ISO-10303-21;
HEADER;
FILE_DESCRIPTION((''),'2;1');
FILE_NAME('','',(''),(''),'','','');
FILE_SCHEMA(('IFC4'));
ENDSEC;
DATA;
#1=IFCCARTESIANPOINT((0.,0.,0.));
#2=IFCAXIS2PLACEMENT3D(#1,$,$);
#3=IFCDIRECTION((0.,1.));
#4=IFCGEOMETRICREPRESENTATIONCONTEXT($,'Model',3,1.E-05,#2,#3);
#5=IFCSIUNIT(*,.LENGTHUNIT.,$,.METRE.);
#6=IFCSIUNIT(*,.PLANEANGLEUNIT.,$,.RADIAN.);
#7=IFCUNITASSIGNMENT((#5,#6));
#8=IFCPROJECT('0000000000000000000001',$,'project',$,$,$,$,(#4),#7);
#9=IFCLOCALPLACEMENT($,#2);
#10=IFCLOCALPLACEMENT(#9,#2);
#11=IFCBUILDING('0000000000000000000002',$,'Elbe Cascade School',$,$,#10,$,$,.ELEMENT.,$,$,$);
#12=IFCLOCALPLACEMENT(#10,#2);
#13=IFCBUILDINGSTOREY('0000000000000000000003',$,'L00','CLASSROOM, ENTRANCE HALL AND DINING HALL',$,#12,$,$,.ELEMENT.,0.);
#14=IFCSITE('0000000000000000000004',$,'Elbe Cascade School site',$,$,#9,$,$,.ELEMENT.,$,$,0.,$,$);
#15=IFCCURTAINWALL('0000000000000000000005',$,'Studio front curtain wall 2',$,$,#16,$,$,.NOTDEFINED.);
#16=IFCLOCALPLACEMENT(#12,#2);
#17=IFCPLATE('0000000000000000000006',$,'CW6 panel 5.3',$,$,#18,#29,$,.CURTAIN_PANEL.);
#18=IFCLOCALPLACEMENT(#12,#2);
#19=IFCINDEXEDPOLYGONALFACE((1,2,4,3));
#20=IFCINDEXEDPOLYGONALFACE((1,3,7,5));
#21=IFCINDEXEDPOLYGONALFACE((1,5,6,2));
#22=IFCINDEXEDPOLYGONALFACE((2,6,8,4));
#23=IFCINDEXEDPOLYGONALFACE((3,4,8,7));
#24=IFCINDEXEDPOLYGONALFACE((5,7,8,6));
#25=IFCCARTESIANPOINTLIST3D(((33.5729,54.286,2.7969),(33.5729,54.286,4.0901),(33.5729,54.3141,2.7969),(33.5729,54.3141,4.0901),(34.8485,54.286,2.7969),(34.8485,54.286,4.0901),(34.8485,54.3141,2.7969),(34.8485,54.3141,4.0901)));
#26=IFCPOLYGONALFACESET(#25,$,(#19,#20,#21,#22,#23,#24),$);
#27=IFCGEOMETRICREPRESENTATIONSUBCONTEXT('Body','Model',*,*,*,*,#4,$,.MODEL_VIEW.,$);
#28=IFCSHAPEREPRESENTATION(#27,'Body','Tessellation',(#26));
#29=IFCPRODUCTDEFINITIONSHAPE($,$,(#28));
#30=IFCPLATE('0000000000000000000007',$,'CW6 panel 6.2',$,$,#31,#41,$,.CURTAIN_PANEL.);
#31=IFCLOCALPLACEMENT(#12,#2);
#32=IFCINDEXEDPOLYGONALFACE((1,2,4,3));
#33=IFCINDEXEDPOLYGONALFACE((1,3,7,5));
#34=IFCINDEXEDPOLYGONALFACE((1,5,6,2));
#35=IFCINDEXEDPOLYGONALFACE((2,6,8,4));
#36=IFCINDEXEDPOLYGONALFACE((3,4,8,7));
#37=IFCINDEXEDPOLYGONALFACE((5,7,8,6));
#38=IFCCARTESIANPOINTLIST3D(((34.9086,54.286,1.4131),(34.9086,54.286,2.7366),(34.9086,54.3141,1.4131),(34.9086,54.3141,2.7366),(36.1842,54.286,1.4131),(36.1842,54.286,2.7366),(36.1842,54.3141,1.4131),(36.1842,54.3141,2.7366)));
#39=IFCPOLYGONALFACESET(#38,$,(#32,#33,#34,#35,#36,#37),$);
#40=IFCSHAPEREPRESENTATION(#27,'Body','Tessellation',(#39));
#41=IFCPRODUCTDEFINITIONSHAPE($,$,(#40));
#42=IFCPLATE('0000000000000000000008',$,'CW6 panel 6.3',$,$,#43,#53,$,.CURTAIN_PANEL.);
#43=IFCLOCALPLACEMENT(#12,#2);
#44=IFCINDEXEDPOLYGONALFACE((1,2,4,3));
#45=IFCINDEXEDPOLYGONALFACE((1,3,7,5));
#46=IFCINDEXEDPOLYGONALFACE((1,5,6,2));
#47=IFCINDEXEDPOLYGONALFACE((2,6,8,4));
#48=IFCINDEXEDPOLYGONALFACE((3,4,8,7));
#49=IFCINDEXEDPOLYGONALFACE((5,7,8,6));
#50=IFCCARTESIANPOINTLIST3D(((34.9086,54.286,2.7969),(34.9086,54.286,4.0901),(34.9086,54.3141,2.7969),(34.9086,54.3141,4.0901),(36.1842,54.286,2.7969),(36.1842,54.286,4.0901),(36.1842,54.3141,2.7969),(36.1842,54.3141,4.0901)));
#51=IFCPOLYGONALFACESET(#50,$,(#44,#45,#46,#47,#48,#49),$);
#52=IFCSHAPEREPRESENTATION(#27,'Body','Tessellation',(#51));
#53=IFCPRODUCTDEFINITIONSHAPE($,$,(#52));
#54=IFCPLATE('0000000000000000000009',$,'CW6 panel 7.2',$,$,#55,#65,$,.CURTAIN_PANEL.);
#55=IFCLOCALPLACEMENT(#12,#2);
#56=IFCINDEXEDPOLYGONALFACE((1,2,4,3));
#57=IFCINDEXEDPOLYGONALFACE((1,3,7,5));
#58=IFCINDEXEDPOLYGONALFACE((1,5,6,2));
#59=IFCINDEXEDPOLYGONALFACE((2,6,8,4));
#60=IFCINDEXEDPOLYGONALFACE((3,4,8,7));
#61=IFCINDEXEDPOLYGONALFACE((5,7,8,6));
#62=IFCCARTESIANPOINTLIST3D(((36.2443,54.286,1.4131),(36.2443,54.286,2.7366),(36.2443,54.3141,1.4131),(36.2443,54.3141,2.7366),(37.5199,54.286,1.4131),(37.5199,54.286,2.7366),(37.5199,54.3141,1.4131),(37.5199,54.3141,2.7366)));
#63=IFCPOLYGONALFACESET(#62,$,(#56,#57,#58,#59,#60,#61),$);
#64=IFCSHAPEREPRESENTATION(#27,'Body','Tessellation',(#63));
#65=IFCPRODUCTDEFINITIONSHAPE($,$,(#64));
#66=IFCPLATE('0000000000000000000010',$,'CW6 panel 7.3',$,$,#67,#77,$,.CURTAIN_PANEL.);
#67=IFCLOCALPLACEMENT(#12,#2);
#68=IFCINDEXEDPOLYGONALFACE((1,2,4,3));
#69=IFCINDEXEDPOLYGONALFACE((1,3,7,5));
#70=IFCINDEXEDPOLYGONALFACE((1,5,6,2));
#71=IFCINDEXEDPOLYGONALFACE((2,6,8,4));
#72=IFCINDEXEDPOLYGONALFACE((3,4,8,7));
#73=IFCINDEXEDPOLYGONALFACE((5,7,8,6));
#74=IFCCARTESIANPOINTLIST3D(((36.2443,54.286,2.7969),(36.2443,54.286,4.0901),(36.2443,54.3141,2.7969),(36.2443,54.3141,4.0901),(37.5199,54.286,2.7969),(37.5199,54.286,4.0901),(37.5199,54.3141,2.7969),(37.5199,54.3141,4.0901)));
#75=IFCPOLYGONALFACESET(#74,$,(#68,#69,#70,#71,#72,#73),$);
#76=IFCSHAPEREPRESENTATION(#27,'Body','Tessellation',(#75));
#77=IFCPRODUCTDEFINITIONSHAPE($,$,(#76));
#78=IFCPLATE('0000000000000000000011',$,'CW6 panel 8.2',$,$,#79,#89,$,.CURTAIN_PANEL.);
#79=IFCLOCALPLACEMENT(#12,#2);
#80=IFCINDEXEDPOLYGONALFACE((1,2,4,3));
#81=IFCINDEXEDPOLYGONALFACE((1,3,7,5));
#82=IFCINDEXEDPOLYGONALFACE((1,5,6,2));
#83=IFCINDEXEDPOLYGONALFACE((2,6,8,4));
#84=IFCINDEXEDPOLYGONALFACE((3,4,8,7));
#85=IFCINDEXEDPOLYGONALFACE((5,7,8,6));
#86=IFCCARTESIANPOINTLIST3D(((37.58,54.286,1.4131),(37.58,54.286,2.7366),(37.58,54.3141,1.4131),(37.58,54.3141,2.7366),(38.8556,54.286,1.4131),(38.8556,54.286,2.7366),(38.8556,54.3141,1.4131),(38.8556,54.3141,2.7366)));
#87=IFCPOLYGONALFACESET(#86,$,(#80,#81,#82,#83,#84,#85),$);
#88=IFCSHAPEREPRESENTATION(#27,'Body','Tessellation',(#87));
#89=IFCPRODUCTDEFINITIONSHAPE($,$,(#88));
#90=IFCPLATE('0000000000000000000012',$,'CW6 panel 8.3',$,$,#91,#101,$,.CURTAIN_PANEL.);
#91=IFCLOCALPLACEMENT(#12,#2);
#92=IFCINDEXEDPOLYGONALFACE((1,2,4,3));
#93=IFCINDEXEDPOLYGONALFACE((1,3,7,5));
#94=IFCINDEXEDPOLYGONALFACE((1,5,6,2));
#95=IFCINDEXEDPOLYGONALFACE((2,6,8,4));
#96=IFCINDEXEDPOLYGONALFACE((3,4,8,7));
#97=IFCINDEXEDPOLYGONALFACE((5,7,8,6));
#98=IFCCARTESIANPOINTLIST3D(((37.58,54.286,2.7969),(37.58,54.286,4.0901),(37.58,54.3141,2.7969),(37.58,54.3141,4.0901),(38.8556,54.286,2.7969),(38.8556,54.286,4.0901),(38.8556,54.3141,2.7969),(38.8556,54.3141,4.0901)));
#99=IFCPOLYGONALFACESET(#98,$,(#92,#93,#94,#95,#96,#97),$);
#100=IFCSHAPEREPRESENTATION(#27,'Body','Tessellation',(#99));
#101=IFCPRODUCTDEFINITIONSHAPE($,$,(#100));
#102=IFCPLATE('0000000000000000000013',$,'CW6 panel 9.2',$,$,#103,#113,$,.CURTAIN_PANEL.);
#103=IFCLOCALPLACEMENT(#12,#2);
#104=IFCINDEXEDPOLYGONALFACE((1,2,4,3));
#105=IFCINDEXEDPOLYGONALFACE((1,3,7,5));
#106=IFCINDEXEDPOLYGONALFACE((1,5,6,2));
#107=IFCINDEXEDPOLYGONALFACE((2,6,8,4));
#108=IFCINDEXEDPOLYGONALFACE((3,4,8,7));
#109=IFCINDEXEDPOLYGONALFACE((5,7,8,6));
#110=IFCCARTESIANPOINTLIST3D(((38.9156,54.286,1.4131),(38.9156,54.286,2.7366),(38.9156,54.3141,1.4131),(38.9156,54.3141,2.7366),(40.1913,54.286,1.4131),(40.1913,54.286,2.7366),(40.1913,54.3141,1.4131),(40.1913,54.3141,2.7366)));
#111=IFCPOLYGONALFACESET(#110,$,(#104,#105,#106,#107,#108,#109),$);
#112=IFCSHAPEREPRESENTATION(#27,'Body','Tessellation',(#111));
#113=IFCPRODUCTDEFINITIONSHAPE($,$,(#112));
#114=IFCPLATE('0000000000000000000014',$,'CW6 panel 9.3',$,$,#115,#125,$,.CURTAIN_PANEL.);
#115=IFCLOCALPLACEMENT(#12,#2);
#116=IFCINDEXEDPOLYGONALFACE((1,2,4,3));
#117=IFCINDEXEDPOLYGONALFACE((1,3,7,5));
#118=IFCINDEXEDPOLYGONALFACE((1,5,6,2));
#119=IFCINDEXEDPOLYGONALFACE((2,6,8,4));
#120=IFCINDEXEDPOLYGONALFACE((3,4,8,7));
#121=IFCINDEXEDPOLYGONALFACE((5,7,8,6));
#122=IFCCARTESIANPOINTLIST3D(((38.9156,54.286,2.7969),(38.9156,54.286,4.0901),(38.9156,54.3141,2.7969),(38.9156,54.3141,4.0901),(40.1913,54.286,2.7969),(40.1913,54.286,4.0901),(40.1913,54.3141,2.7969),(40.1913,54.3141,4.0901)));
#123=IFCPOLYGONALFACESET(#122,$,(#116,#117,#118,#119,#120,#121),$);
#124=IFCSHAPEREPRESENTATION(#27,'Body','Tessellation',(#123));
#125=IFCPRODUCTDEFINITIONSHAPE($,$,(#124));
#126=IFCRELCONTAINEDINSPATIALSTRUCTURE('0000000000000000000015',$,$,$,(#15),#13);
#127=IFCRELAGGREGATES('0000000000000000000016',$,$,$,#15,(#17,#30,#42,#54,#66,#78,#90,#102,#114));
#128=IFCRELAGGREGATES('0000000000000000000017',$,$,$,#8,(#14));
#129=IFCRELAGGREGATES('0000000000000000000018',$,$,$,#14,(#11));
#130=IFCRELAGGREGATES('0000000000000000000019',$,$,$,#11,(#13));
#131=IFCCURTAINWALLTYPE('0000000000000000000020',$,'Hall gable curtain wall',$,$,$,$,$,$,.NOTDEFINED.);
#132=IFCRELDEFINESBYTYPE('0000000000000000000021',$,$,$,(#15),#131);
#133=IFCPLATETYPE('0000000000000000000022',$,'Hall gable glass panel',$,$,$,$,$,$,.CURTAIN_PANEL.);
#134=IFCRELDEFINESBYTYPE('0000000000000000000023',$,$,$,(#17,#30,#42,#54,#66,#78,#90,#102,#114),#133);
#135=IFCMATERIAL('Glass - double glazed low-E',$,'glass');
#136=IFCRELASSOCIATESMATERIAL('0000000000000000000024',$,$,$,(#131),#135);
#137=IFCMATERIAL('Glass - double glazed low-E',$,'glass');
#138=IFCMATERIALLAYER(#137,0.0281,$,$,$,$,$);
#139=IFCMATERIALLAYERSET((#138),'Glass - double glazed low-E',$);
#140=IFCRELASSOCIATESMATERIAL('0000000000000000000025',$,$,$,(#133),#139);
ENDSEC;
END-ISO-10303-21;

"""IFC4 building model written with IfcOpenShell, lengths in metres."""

from ifc_helpers import new_model, si_unit, direction, frame, origin, origin_2d, place, context, subcontext, project, spatial, rectangle, extrude, material, layer, layer_set, type_object, element, aggregate, save


model = new_model("IFC4")

# Units and contexts
model_context = context("Model", 3, precision=1e-05, world=origin(), true_north=direction((0.0, 1.0)))
body_context = subcontext(model_context, "Body", "Model", "MODEL_VIEW")
ifc_project = project(units=[si_unit("LENGTHUNIT", "METRE"), si_unit("PLANEANGLEUNIT", "RADIAN")], contexts=[model_context])

# Site, building, storey
site_placement = place(None, origin())
site = spatial("IfcSite", under=ifc_project, at=site_placement, Name="Elbe Cascade School site", CompositionType="ELEMENT", RefElevation=0.0)
building_placement = place(site_placement, origin())
building = spatial("IfcBuilding", under=site, at=building_placement, Name="Elbe Cascade School", CompositionType="ELEMENT")
storey_placement = place(building_placement, origin())
storey = spatial("IfcBuildingStorey", under=building, at=storey_placement, Name="L00", Description="CLASSROOM, ENTRANCE HALL AND DINING HALL", CompositionType="ELEMENT", Elevation=0.0)

# Curtain wall, plates
ifc_material_1 = material(Name="Glass - double glazed low-E", Category="glass")
curtain_wall_type = type_object("IfcCurtainWallType", Name="Hall gable curtain wall", PredefinedType="NOTDEFINED", material=ifc_material_1)
curtain_wall_placement = place(storey_placement, origin())
curtain_wall = element("IfcCurtainWall", 1, at=curtain_wall_placement, inside=storey, type_object=curtain_wall_type, Name="Studio front curtain wall 2", PredefinedType="NOTDEFINED")
ifc_material_2 = material(Name="Glass - double glazed low-E", Category="glass")
ifc_layer = layer(ifc_material_2, 0.0281)
ifc_layer_set = layer_set([ifc_layer], Name="Glass - double glazed low-E")
plate_type = type_object("IfcPlateType", Name="Hall gable glass panel", PredefinedType="CURTAIN_PANEL", material=ifc_layer_set)
plate_1_placement = place(storey_placement, frame((34.2107, 54.3, 2.7969), z_axis=(0.0, 0.0, 1.0), x_axis=(1.0, 0.0, 0.0)))
plate_1 = element("IfcPlate", 2, at=plate_1_placement, type_object=plate_type, Name="CW6 panel 5.3", PredefinedType="CURTAIN_PANEL", context=body_context, shape_type="SweptSolid", body=[
    extrude(rectangle(XDim=1.2756, YDim=0.0281, at=origin_2d()), origin(), (0.0, 0.0, 1.0), 1.2932),
])
plate_2_placement = place(storey_placement, frame((35.5464, 54.3, 1.4131), z_axis=(0.0, 0.0, 1.0), x_axis=(1.0, 0.0, 0.0)))
plate_2 = element("IfcPlate", 3, at=plate_2_placement, type_object=plate_type, Name="CW6 panel 6.2", PredefinedType="CURTAIN_PANEL", context=body_context, shape_type="SweptSolid", body=[
    extrude(rectangle(XDim=1.2756, YDim=0.0281, at=origin_2d()), origin(), (0.0, 0.0, 1.0), 1.3235),
])
plate_3_placement = place(storey_placement, frame((35.5464, 54.3, 2.7969), z_axis=(0.0, 0.0, 1.0), x_axis=(1.0, 0.0, 0.0)))
plate_3 = element("IfcPlate", 4, at=plate_3_placement, type_object=plate_type, Name="CW6 panel 6.3", PredefinedType="CURTAIN_PANEL", context=body_context, shape_type="SweptSolid", body=[
    extrude(rectangle(XDim=1.2756, YDim=0.0281, at=origin_2d()), origin(), (0.0, 0.0, 1.0), 1.2932),
])
plate_4_placement = place(storey_placement, frame((36.8821, 54.3, 1.4131), z_axis=(0.0, 0.0, 1.0), x_axis=(1.0, 0.0, 0.0)))
plate_4 = element("IfcPlate", 5, at=plate_4_placement, type_object=plate_type, Name="CW6 panel 7.2", PredefinedType="CURTAIN_PANEL", context=body_context, shape_type="SweptSolid", body=[
    extrude(rectangle(XDim=1.2756, YDim=0.0281, at=origin_2d()), origin(), (0.0, 0.0, 1.0), 1.3235),
])
plate_5_placement = place(storey_placement, frame((36.8821, 54.3, 2.7969), z_axis=(0.0, 0.0, 1.0), x_axis=(1.0, 0.0, 0.0)))
plate_5 = element("IfcPlate", 6, at=plate_5_placement, type_object=plate_type, Name="CW6 panel 7.3", PredefinedType="CURTAIN_PANEL", context=body_context, shape_type="SweptSolid", body=[
    extrude(rectangle(XDim=1.2756, YDim=0.0281, at=origin_2d()), origin(), (0.0, 0.0, 1.0), 1.2932),
])
plate_6_placement = place(storey_placement, frame((38.2178, 54.3, 1.4131), z_axis=(0.0, 0.0, 1.0), x_axis=(1.0, 0.0, 0.0)))
plate_6 = element("IfcPlate", 7, at=plate_6_placement, type_object=plate_type, Name="CW6 panel 8.2", PredefinedType="CURTAIN_PANEL", context=body_context, shape_type="SweptSolid", body=[
    extrude(rectangle(XDim=1.2756, YDim=0.0281, at=origin_2d()), origin(), (0.0, 0.0, 1.0), 1.3235),
])
plate_7_placement = place(storey_placement, frame((38.2178, 54.3, 2.7969), z_axis=(0.0, 0.0, 1.0), x_axis=(1.0, 0.0, 0.0)))
plate_7 = element("IfcPlate", 8, at=plate_7_placement, type_object=plate_type, Name="CW6 panel 8.3", PredefinedType="CURTAIN_PANEL", context=body_context, shape_type="SweptSolid", body=[
    extrude(rectangle(XDim=1.2756, YDim=0.0281, at=origin_2d()), origin(), (0.0, 0.0, 1.0), 1.2932),
])
plate_8_placement = place(storey_placement, frame((39.5535, 54.3, 1.4131), z_axis=(0.0, 0.0, 1.0), x_axis=(1.0, 0.0, 0.0)))
plate_8 = element("IfcPlate", 9, at=plate_8_placement, type_object=plate_type, Name="CW6 panel 9.2", PredefinedType="CURTAIN_PANEL", context=body_context, shape_type="SweptSolid", body=[
    extrude(rectangle(XDim=1.2756, YDim=0.0281, at=origin_2d()), origin(), (0.0, 0.0, 1.0), 1.3235),
])
plate_9_placement = place(storey_placement, frame((39.5535, 54.3, 2.7969), z_axis=(0.0, 0.0, 1.0), x_axis=(1.0, 0.0, 0.0)))
plate_9 = element("IfcPlate", 10, at=plate_9_placement, type_object=plate_type, Name="CW6 panel 9.3", PredefinedType="CURTAIN_PANEL", context=body_context, shape_type="SweptSolid", body=[
    extrude(rectangle(XDim=1.2756, YDim=0.0281, at=origin_2d()), origin(), (0.0, 0.0, 1.0), 1.2932),
])
aggregate(curtain_wall, [plate_1, plate_2, plate_3, plate_4, plate_5, plate_6, plate_7, plate_8, plate_9])

save(model, "model.ifc")
